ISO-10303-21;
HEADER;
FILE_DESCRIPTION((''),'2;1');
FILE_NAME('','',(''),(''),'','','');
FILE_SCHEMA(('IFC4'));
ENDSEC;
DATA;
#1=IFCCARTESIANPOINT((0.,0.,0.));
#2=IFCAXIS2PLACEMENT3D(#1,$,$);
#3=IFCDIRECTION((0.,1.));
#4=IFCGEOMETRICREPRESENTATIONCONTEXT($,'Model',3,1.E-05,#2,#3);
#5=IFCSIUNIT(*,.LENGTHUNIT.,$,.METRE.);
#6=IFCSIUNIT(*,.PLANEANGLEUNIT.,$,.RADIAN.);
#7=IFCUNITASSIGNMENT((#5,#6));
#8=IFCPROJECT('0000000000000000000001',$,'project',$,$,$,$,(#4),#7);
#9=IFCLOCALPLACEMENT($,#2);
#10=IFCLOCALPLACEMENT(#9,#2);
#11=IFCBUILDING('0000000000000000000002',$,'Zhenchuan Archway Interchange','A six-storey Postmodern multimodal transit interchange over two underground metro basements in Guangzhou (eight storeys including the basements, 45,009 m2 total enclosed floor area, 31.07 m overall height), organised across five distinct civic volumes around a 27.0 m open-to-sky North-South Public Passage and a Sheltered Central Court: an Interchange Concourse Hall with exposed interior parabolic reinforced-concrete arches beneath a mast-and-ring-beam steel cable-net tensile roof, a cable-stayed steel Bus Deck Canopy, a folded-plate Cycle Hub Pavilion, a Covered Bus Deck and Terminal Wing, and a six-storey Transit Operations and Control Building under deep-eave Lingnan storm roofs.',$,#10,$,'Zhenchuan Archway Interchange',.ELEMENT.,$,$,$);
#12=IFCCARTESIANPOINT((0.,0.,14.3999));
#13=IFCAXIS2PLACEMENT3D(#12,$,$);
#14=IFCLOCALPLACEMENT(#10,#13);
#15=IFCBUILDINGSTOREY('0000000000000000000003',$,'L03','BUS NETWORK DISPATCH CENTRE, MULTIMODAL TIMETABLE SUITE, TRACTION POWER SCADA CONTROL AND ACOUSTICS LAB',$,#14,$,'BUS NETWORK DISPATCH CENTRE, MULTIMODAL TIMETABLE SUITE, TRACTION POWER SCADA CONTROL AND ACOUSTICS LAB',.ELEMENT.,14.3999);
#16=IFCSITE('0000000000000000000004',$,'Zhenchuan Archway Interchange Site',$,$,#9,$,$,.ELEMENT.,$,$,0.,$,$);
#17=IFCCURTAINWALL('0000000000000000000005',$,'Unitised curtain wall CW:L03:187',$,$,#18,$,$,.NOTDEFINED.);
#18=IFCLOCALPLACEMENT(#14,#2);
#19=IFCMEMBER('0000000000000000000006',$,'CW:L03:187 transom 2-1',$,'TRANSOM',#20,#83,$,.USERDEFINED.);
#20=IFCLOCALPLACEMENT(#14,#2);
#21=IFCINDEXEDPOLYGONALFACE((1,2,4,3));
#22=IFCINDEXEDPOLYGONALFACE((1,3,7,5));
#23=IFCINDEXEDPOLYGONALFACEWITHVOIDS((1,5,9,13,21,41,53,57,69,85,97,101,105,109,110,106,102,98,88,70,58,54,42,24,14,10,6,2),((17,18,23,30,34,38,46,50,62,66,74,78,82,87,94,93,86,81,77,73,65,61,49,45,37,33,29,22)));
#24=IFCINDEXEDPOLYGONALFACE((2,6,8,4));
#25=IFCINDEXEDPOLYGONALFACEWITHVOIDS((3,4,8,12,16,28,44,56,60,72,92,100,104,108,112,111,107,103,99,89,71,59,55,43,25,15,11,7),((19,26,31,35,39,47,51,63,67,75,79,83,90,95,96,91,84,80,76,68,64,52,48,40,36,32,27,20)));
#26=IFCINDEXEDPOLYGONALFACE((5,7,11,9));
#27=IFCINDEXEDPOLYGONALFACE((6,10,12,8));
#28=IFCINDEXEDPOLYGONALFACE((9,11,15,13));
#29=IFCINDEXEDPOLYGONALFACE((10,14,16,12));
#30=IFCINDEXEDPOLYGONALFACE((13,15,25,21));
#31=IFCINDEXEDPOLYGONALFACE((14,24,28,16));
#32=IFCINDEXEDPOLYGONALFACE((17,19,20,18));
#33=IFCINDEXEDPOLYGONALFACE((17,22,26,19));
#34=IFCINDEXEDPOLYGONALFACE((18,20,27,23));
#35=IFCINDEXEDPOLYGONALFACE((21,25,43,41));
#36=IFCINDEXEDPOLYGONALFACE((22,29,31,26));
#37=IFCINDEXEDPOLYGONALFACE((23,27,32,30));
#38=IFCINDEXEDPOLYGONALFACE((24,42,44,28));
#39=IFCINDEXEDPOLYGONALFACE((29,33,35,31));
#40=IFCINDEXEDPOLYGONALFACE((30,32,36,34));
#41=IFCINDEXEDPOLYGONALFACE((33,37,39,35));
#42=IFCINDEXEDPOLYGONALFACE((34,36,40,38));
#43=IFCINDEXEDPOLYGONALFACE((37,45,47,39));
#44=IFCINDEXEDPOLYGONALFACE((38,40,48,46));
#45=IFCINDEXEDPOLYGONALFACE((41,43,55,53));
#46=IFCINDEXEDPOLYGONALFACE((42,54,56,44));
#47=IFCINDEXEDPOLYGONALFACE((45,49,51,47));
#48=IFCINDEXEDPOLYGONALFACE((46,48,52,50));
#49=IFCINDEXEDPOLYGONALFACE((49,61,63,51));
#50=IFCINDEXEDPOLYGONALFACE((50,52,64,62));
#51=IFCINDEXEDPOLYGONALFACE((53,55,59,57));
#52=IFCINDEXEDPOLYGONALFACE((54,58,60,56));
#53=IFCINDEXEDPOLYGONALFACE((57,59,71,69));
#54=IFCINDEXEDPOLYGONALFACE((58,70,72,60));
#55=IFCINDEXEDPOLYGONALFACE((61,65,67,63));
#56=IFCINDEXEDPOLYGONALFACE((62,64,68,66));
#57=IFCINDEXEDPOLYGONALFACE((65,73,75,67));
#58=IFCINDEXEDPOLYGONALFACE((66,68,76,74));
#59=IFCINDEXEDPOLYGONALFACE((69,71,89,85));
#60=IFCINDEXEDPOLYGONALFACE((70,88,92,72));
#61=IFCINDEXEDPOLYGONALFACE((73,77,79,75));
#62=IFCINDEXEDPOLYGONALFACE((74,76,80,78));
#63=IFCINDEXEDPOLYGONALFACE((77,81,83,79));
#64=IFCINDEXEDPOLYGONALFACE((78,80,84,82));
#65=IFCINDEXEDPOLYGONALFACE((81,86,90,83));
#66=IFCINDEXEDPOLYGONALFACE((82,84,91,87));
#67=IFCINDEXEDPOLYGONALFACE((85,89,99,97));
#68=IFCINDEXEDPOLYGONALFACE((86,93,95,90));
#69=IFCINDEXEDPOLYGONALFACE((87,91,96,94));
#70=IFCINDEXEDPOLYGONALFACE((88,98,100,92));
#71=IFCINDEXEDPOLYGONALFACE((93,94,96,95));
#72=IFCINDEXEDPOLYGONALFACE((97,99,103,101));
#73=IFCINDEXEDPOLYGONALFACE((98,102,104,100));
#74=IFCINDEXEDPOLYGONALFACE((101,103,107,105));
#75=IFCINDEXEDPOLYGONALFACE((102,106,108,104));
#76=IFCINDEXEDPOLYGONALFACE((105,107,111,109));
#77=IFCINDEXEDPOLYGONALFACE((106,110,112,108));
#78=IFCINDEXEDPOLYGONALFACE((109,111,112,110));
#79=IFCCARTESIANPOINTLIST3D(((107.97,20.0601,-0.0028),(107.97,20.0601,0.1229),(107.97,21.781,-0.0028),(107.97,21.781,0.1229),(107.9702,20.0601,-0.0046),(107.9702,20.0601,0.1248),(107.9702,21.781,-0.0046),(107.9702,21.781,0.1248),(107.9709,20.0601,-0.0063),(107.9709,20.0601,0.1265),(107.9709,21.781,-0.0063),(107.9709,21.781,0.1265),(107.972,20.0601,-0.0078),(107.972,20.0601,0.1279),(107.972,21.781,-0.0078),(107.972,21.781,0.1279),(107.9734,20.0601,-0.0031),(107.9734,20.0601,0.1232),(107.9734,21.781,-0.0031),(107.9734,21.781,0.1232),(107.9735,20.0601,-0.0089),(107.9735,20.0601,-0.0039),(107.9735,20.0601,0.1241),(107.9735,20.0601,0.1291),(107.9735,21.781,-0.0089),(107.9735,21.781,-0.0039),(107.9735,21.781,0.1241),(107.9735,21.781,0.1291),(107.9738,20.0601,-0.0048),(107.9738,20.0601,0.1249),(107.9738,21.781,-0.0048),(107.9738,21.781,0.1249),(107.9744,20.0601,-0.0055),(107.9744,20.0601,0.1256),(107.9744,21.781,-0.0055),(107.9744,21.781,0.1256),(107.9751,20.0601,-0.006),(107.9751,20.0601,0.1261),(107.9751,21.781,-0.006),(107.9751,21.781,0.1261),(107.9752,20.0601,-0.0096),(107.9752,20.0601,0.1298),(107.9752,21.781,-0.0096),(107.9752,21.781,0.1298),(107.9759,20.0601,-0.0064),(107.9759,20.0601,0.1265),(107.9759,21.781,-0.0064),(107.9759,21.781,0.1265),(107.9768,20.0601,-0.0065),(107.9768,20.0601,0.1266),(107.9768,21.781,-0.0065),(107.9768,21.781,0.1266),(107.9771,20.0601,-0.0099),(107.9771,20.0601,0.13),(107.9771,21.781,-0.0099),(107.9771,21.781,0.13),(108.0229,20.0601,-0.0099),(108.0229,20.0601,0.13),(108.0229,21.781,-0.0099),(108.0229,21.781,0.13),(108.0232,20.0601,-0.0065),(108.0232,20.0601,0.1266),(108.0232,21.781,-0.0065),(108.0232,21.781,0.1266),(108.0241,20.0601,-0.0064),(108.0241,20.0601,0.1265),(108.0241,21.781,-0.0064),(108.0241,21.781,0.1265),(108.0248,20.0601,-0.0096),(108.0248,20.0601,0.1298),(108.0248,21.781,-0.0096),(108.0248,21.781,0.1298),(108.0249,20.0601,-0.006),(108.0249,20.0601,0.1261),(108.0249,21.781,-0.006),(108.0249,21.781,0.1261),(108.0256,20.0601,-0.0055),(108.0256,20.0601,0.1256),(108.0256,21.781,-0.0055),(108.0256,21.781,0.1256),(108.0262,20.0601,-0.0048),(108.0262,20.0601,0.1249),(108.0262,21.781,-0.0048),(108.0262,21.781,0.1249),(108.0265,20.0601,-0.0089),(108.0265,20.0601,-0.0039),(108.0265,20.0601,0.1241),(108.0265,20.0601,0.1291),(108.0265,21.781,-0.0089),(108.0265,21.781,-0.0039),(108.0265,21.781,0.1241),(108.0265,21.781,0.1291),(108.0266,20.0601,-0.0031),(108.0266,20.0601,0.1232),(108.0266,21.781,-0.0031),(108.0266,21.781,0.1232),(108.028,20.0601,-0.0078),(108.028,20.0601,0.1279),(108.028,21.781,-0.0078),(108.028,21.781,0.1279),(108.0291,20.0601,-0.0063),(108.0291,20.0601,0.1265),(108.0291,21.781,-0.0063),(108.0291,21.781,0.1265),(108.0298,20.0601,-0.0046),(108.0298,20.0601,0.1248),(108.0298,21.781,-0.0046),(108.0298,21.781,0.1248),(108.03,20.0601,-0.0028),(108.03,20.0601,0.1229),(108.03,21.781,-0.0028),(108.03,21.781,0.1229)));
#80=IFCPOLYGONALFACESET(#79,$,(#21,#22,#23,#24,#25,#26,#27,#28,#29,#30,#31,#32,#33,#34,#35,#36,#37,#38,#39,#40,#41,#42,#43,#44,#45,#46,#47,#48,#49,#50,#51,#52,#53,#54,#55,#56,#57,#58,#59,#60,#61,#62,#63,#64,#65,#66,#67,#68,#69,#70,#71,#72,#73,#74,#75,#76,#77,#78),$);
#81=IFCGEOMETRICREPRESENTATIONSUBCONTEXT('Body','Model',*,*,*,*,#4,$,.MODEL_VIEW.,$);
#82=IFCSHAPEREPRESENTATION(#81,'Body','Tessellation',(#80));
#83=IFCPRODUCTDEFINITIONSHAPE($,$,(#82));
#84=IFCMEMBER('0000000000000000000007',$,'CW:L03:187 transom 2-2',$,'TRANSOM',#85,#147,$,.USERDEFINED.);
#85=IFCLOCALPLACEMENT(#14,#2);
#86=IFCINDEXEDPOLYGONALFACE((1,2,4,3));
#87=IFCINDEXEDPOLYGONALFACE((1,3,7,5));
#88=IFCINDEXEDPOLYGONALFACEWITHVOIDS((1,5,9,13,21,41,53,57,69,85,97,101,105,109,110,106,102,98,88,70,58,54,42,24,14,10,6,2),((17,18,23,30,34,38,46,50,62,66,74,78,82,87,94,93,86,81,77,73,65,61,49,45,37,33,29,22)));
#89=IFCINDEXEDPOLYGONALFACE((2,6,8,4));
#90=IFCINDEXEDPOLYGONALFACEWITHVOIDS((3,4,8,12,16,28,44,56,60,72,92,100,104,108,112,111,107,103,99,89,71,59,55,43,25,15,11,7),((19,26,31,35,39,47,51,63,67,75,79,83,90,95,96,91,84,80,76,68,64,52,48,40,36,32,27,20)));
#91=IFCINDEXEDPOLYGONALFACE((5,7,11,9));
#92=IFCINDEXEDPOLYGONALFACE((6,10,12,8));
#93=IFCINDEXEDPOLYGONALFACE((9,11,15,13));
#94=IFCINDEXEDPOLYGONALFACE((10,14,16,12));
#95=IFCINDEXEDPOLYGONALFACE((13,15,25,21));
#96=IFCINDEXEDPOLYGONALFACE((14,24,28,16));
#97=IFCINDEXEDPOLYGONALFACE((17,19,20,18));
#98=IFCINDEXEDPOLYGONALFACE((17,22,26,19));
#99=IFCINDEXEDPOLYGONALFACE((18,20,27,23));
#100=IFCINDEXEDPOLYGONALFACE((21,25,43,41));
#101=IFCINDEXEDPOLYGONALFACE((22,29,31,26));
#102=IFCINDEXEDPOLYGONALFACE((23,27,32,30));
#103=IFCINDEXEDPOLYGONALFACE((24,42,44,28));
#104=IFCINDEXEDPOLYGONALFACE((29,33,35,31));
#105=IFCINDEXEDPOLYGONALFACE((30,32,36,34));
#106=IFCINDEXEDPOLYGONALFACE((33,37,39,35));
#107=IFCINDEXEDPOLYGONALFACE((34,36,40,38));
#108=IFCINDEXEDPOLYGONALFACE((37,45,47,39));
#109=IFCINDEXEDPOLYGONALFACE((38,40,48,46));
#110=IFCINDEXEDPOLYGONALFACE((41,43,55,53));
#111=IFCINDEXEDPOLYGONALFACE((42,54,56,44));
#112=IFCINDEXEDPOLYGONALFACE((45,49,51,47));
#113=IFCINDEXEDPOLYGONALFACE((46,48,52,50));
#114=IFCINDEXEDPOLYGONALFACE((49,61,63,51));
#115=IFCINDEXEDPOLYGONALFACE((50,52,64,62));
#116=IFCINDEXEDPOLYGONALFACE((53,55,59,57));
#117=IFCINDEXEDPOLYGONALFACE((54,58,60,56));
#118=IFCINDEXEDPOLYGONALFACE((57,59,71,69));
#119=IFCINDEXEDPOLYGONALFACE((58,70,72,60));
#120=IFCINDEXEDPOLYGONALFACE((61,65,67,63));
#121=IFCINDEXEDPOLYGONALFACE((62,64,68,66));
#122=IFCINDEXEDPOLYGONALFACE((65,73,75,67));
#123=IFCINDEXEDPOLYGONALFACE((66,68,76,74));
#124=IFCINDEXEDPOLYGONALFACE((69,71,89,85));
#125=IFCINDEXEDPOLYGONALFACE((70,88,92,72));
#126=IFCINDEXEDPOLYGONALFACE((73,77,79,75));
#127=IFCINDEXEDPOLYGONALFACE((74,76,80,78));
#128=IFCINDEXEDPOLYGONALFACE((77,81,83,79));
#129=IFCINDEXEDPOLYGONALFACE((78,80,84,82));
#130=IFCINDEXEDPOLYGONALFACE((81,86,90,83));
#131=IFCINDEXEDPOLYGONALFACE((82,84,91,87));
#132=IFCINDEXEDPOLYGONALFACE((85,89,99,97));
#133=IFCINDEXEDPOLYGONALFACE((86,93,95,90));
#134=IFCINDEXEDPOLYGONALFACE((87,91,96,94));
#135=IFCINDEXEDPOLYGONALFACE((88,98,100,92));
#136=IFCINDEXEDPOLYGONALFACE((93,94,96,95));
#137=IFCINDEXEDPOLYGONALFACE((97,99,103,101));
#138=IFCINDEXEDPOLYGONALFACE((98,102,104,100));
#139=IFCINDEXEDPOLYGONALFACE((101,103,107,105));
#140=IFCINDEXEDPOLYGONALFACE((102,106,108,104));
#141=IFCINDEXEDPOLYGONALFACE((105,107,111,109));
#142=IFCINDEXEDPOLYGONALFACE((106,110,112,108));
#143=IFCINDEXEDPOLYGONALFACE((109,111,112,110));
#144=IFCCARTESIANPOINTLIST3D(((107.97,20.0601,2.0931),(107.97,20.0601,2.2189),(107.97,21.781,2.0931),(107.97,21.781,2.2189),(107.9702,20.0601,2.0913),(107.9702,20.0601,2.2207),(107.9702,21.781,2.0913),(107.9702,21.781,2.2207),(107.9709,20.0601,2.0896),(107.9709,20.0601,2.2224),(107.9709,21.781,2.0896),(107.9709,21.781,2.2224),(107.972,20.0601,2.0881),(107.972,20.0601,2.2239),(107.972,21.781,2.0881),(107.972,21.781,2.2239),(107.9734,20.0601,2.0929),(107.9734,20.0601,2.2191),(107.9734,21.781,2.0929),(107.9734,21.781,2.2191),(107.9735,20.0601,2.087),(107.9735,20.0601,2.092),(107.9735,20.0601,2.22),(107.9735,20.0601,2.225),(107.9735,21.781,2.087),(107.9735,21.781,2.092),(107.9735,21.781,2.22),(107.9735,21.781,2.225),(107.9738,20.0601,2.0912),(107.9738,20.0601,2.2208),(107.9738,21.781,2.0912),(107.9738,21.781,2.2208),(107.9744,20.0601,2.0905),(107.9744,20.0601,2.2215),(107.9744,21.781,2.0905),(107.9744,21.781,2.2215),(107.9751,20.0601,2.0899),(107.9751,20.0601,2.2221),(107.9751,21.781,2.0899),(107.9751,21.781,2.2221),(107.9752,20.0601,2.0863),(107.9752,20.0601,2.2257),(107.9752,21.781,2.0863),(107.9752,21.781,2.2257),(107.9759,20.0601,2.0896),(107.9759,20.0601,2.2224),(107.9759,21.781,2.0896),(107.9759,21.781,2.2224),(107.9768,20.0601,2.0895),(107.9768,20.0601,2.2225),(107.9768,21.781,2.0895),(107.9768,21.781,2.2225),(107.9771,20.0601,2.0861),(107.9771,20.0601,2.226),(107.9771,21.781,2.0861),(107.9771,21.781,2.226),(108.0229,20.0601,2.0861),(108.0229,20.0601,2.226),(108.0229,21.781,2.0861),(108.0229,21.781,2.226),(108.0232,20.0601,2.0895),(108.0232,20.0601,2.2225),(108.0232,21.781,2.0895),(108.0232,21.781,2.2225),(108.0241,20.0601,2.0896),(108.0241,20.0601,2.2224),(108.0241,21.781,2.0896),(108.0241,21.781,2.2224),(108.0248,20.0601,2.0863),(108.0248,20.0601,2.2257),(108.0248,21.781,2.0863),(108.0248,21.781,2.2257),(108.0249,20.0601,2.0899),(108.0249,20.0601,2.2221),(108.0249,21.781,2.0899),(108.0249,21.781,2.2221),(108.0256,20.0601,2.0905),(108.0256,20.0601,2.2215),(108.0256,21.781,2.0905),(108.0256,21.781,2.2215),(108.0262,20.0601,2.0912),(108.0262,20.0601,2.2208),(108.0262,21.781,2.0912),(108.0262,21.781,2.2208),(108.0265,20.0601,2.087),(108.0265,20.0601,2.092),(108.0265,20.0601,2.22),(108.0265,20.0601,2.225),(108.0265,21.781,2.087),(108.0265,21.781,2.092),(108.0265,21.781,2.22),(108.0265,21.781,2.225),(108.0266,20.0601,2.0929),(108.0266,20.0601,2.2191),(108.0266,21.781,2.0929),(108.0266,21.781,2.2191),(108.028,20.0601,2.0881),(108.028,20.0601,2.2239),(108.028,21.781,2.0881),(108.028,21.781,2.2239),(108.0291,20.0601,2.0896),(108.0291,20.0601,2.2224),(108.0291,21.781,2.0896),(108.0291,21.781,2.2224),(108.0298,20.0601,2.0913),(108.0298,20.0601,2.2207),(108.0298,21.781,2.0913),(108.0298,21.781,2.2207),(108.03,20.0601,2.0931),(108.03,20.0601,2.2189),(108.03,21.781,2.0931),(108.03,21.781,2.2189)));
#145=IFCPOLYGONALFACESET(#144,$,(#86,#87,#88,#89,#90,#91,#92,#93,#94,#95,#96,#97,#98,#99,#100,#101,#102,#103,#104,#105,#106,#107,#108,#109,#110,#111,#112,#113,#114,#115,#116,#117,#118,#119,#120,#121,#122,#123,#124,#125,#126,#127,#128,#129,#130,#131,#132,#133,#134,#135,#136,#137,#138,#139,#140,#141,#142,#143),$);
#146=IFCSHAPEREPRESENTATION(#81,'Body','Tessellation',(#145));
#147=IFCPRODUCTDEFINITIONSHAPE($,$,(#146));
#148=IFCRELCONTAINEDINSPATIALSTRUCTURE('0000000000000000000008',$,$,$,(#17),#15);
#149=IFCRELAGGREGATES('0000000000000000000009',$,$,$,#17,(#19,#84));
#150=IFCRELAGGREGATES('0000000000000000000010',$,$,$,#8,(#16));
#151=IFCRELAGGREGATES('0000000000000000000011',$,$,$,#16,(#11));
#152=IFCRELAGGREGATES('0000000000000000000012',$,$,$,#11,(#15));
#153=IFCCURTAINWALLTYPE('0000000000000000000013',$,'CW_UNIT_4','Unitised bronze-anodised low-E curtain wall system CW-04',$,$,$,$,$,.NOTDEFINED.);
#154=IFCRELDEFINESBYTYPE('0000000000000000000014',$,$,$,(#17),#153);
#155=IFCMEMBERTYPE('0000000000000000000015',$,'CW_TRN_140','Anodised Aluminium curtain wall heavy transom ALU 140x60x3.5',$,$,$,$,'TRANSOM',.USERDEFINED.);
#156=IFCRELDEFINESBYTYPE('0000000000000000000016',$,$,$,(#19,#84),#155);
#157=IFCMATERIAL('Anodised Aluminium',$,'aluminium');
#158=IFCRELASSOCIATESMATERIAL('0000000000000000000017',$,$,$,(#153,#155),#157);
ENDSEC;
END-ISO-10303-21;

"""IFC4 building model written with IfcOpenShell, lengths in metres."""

from ifc_helpers import new_model, si_unit, direction, frame, origin, origin_2d, place, context, subcontext, project, spatial, hollow_rectangle, extrude, material, material_profile, profile_set, type_object, element, aggregate, save


model = new_model("IFC4")

# Units and contexts
model_context = context("Model", 3, precision=1e-05, world=origin(), true_north=direction((0.0, 1.0)))
body_context = subcontext(model_context, "Body", "Model", "MODEL_VIEW")
ifc_project = project(units=[si_unit("LENGTHUNIT", "METRE"), si_unit("PLANEANGLEUNIT", "RADIAN")], contexts=[model_context])

# Site, building, storey
site_placement = place(None, origin())
site = spatial("IfcSite", under=ifc_project, at=site_placement, Name="Zhenchuan Archway Interchange Site", CompositionType="ELEMENT", RefElevation=0.0)
building_placement = place(site_placement, origin())
building = spatial("IfcBuilding", under=site, at=building_placement, Name="Zhenchuan Archway Interchange", Description="A six-storey Postmodern multimodal transit interchange over two underground metro basements in Guangzhou (eight storeys including the basements, 45,009 m2 total enclosed floor area, 31.07 m overall height), organised across five distinct civic volumes around a 27.0 m open-to-sky North-South Public Passage and a Sheltered Central Court: an Interchange Concourse Hall with exposed interior parabolic reinforced-concrete arches beneath a mast-and-ring-beam steel cable-net tensile roof, a cable-stayed steel Bus Deck Canopy, a folded-plate Cycle Hub Pavilion, a Covered Bus Deck and Terminal Wing, and a six-storey Transit Operations and Control Building under deep-eave Lingnan storm roofs.", LongName="Zhenchuan Archway Interchange", CompositionType="ELEMENT")
storey_placement = place(building_placement, frame((0.0, 0.0, 14.3999)))
storey = spatial("IfcBuildingStorey", under=building, at=storey_placement, Name="L03", Description="BUS NETWORK DISPATCH CENTRE, MULTIMODAL TIMETABLE SUITE, TRACTION POWER SCADA CONTROL AND ACOUSTICS LAB", LongName="BUS NETWORK DISPATCH CENTRE, MULTIMODAL TIMETABLE SUITE, TRACTION POWER SCADA CONTROL AND ACOUSTICS LAB", CompositionType="ELEMENT", Elevation=14.3999)

# Curtain wall, members
ifc_material_1 = material(Name="Anodised Aluminium", Category="aluminium")
curtain_wall_type = type_object("IfcCurtainWallType", Name="CW_UNIT_4", Description="Unitised bronze-anodised low-E curtain wall system CW-04", PredefinedType="NOTDEFINED", material=ifc_material_1)
curtain_wall_placement = place(storey_placement, origin())
curtain_wall = element("IfcCurtainWall", 1, at=curtain_wall_placement, inside=storey, type_object=curtain_wall_type, Name="Unitised curtain wall CW:L03:187", PredefinedType="NOTDEFINED")
ifc_material_profile_1 = material_profile(ifc_material_1, hollow_rectangle(XDim=0.0601, YDim=0.1399, WallThickness=0.0034, InnerFilletRadius=0.0034, OuterFilletRadius=0.0071, at=origin_2d()), Name="ALU 140x60x3.5")
ifc_profile_set_1 = profile_set([ifc_material_profile_1], Name="Anodised Aluminium")
member_type_1 = type_object("IfcMemberType", Name="CW_TRN_140", Description="Anodised Aluminium curtain wall heavy transom ALU 140x60x3.5", ElementType="TRANSOM", PredefinedType="USERDEFINED", material=ifc_profile_set_1)
member_1_placement = place(storey_placement, frame((108.0, 20.0601, 0.0601), z_axis=(0.0, 1.0, 0.0), x_axis=(-1.0, 0.0, 0.0)))
member_1 = element("IfcMember", 2, at=member_1_placement, type_object=member_type_1, Name="CW:L03:187 transom 2-1", ObjectType="TRANSOM", PredefinedType="USERDEFINED", context=body_context, shape_type="SweptSolid", body=[
    extrude(hollow_rectangle(XDim=0.0601, YDim=0.1399, WallThickness=0.0034, InnerFilletRadius=0.0034, OuterFilletRadius=0.0071, at=origin_2d()), origin(), (0.0, 0.0, 1.0), 1.7209),
])
member_2_placement = place(storey_placement, frame((108.0, 20.0601, 2.156), z_axis=(0.0, 1.0, 0.0), x_axis=(-1.0, 0.0, 0.0)))
member_2 = element("IfcMember", 3, at=member_2_placement, type_object=member_type_1, Name="CW:L03:187 transom 2-2", ObjectType="TRANSOM", PredefinedType="USERDEFINED", context=body_context, shape_type="SweptSolid", body=[
    extrude(hollow_rectangle(XDim=0.0601, YDim=0.1399, WallThickness=0.0034, InnerFilletRadius=0.0034, OuterFilletRadius=0.0071, at=origin_2d()), origin(), (0.0, 0.0, 1.0), 1.7209),
])

aggregate(curtain_wall, [member_1, member_2])

save(model, "model.ifc")
